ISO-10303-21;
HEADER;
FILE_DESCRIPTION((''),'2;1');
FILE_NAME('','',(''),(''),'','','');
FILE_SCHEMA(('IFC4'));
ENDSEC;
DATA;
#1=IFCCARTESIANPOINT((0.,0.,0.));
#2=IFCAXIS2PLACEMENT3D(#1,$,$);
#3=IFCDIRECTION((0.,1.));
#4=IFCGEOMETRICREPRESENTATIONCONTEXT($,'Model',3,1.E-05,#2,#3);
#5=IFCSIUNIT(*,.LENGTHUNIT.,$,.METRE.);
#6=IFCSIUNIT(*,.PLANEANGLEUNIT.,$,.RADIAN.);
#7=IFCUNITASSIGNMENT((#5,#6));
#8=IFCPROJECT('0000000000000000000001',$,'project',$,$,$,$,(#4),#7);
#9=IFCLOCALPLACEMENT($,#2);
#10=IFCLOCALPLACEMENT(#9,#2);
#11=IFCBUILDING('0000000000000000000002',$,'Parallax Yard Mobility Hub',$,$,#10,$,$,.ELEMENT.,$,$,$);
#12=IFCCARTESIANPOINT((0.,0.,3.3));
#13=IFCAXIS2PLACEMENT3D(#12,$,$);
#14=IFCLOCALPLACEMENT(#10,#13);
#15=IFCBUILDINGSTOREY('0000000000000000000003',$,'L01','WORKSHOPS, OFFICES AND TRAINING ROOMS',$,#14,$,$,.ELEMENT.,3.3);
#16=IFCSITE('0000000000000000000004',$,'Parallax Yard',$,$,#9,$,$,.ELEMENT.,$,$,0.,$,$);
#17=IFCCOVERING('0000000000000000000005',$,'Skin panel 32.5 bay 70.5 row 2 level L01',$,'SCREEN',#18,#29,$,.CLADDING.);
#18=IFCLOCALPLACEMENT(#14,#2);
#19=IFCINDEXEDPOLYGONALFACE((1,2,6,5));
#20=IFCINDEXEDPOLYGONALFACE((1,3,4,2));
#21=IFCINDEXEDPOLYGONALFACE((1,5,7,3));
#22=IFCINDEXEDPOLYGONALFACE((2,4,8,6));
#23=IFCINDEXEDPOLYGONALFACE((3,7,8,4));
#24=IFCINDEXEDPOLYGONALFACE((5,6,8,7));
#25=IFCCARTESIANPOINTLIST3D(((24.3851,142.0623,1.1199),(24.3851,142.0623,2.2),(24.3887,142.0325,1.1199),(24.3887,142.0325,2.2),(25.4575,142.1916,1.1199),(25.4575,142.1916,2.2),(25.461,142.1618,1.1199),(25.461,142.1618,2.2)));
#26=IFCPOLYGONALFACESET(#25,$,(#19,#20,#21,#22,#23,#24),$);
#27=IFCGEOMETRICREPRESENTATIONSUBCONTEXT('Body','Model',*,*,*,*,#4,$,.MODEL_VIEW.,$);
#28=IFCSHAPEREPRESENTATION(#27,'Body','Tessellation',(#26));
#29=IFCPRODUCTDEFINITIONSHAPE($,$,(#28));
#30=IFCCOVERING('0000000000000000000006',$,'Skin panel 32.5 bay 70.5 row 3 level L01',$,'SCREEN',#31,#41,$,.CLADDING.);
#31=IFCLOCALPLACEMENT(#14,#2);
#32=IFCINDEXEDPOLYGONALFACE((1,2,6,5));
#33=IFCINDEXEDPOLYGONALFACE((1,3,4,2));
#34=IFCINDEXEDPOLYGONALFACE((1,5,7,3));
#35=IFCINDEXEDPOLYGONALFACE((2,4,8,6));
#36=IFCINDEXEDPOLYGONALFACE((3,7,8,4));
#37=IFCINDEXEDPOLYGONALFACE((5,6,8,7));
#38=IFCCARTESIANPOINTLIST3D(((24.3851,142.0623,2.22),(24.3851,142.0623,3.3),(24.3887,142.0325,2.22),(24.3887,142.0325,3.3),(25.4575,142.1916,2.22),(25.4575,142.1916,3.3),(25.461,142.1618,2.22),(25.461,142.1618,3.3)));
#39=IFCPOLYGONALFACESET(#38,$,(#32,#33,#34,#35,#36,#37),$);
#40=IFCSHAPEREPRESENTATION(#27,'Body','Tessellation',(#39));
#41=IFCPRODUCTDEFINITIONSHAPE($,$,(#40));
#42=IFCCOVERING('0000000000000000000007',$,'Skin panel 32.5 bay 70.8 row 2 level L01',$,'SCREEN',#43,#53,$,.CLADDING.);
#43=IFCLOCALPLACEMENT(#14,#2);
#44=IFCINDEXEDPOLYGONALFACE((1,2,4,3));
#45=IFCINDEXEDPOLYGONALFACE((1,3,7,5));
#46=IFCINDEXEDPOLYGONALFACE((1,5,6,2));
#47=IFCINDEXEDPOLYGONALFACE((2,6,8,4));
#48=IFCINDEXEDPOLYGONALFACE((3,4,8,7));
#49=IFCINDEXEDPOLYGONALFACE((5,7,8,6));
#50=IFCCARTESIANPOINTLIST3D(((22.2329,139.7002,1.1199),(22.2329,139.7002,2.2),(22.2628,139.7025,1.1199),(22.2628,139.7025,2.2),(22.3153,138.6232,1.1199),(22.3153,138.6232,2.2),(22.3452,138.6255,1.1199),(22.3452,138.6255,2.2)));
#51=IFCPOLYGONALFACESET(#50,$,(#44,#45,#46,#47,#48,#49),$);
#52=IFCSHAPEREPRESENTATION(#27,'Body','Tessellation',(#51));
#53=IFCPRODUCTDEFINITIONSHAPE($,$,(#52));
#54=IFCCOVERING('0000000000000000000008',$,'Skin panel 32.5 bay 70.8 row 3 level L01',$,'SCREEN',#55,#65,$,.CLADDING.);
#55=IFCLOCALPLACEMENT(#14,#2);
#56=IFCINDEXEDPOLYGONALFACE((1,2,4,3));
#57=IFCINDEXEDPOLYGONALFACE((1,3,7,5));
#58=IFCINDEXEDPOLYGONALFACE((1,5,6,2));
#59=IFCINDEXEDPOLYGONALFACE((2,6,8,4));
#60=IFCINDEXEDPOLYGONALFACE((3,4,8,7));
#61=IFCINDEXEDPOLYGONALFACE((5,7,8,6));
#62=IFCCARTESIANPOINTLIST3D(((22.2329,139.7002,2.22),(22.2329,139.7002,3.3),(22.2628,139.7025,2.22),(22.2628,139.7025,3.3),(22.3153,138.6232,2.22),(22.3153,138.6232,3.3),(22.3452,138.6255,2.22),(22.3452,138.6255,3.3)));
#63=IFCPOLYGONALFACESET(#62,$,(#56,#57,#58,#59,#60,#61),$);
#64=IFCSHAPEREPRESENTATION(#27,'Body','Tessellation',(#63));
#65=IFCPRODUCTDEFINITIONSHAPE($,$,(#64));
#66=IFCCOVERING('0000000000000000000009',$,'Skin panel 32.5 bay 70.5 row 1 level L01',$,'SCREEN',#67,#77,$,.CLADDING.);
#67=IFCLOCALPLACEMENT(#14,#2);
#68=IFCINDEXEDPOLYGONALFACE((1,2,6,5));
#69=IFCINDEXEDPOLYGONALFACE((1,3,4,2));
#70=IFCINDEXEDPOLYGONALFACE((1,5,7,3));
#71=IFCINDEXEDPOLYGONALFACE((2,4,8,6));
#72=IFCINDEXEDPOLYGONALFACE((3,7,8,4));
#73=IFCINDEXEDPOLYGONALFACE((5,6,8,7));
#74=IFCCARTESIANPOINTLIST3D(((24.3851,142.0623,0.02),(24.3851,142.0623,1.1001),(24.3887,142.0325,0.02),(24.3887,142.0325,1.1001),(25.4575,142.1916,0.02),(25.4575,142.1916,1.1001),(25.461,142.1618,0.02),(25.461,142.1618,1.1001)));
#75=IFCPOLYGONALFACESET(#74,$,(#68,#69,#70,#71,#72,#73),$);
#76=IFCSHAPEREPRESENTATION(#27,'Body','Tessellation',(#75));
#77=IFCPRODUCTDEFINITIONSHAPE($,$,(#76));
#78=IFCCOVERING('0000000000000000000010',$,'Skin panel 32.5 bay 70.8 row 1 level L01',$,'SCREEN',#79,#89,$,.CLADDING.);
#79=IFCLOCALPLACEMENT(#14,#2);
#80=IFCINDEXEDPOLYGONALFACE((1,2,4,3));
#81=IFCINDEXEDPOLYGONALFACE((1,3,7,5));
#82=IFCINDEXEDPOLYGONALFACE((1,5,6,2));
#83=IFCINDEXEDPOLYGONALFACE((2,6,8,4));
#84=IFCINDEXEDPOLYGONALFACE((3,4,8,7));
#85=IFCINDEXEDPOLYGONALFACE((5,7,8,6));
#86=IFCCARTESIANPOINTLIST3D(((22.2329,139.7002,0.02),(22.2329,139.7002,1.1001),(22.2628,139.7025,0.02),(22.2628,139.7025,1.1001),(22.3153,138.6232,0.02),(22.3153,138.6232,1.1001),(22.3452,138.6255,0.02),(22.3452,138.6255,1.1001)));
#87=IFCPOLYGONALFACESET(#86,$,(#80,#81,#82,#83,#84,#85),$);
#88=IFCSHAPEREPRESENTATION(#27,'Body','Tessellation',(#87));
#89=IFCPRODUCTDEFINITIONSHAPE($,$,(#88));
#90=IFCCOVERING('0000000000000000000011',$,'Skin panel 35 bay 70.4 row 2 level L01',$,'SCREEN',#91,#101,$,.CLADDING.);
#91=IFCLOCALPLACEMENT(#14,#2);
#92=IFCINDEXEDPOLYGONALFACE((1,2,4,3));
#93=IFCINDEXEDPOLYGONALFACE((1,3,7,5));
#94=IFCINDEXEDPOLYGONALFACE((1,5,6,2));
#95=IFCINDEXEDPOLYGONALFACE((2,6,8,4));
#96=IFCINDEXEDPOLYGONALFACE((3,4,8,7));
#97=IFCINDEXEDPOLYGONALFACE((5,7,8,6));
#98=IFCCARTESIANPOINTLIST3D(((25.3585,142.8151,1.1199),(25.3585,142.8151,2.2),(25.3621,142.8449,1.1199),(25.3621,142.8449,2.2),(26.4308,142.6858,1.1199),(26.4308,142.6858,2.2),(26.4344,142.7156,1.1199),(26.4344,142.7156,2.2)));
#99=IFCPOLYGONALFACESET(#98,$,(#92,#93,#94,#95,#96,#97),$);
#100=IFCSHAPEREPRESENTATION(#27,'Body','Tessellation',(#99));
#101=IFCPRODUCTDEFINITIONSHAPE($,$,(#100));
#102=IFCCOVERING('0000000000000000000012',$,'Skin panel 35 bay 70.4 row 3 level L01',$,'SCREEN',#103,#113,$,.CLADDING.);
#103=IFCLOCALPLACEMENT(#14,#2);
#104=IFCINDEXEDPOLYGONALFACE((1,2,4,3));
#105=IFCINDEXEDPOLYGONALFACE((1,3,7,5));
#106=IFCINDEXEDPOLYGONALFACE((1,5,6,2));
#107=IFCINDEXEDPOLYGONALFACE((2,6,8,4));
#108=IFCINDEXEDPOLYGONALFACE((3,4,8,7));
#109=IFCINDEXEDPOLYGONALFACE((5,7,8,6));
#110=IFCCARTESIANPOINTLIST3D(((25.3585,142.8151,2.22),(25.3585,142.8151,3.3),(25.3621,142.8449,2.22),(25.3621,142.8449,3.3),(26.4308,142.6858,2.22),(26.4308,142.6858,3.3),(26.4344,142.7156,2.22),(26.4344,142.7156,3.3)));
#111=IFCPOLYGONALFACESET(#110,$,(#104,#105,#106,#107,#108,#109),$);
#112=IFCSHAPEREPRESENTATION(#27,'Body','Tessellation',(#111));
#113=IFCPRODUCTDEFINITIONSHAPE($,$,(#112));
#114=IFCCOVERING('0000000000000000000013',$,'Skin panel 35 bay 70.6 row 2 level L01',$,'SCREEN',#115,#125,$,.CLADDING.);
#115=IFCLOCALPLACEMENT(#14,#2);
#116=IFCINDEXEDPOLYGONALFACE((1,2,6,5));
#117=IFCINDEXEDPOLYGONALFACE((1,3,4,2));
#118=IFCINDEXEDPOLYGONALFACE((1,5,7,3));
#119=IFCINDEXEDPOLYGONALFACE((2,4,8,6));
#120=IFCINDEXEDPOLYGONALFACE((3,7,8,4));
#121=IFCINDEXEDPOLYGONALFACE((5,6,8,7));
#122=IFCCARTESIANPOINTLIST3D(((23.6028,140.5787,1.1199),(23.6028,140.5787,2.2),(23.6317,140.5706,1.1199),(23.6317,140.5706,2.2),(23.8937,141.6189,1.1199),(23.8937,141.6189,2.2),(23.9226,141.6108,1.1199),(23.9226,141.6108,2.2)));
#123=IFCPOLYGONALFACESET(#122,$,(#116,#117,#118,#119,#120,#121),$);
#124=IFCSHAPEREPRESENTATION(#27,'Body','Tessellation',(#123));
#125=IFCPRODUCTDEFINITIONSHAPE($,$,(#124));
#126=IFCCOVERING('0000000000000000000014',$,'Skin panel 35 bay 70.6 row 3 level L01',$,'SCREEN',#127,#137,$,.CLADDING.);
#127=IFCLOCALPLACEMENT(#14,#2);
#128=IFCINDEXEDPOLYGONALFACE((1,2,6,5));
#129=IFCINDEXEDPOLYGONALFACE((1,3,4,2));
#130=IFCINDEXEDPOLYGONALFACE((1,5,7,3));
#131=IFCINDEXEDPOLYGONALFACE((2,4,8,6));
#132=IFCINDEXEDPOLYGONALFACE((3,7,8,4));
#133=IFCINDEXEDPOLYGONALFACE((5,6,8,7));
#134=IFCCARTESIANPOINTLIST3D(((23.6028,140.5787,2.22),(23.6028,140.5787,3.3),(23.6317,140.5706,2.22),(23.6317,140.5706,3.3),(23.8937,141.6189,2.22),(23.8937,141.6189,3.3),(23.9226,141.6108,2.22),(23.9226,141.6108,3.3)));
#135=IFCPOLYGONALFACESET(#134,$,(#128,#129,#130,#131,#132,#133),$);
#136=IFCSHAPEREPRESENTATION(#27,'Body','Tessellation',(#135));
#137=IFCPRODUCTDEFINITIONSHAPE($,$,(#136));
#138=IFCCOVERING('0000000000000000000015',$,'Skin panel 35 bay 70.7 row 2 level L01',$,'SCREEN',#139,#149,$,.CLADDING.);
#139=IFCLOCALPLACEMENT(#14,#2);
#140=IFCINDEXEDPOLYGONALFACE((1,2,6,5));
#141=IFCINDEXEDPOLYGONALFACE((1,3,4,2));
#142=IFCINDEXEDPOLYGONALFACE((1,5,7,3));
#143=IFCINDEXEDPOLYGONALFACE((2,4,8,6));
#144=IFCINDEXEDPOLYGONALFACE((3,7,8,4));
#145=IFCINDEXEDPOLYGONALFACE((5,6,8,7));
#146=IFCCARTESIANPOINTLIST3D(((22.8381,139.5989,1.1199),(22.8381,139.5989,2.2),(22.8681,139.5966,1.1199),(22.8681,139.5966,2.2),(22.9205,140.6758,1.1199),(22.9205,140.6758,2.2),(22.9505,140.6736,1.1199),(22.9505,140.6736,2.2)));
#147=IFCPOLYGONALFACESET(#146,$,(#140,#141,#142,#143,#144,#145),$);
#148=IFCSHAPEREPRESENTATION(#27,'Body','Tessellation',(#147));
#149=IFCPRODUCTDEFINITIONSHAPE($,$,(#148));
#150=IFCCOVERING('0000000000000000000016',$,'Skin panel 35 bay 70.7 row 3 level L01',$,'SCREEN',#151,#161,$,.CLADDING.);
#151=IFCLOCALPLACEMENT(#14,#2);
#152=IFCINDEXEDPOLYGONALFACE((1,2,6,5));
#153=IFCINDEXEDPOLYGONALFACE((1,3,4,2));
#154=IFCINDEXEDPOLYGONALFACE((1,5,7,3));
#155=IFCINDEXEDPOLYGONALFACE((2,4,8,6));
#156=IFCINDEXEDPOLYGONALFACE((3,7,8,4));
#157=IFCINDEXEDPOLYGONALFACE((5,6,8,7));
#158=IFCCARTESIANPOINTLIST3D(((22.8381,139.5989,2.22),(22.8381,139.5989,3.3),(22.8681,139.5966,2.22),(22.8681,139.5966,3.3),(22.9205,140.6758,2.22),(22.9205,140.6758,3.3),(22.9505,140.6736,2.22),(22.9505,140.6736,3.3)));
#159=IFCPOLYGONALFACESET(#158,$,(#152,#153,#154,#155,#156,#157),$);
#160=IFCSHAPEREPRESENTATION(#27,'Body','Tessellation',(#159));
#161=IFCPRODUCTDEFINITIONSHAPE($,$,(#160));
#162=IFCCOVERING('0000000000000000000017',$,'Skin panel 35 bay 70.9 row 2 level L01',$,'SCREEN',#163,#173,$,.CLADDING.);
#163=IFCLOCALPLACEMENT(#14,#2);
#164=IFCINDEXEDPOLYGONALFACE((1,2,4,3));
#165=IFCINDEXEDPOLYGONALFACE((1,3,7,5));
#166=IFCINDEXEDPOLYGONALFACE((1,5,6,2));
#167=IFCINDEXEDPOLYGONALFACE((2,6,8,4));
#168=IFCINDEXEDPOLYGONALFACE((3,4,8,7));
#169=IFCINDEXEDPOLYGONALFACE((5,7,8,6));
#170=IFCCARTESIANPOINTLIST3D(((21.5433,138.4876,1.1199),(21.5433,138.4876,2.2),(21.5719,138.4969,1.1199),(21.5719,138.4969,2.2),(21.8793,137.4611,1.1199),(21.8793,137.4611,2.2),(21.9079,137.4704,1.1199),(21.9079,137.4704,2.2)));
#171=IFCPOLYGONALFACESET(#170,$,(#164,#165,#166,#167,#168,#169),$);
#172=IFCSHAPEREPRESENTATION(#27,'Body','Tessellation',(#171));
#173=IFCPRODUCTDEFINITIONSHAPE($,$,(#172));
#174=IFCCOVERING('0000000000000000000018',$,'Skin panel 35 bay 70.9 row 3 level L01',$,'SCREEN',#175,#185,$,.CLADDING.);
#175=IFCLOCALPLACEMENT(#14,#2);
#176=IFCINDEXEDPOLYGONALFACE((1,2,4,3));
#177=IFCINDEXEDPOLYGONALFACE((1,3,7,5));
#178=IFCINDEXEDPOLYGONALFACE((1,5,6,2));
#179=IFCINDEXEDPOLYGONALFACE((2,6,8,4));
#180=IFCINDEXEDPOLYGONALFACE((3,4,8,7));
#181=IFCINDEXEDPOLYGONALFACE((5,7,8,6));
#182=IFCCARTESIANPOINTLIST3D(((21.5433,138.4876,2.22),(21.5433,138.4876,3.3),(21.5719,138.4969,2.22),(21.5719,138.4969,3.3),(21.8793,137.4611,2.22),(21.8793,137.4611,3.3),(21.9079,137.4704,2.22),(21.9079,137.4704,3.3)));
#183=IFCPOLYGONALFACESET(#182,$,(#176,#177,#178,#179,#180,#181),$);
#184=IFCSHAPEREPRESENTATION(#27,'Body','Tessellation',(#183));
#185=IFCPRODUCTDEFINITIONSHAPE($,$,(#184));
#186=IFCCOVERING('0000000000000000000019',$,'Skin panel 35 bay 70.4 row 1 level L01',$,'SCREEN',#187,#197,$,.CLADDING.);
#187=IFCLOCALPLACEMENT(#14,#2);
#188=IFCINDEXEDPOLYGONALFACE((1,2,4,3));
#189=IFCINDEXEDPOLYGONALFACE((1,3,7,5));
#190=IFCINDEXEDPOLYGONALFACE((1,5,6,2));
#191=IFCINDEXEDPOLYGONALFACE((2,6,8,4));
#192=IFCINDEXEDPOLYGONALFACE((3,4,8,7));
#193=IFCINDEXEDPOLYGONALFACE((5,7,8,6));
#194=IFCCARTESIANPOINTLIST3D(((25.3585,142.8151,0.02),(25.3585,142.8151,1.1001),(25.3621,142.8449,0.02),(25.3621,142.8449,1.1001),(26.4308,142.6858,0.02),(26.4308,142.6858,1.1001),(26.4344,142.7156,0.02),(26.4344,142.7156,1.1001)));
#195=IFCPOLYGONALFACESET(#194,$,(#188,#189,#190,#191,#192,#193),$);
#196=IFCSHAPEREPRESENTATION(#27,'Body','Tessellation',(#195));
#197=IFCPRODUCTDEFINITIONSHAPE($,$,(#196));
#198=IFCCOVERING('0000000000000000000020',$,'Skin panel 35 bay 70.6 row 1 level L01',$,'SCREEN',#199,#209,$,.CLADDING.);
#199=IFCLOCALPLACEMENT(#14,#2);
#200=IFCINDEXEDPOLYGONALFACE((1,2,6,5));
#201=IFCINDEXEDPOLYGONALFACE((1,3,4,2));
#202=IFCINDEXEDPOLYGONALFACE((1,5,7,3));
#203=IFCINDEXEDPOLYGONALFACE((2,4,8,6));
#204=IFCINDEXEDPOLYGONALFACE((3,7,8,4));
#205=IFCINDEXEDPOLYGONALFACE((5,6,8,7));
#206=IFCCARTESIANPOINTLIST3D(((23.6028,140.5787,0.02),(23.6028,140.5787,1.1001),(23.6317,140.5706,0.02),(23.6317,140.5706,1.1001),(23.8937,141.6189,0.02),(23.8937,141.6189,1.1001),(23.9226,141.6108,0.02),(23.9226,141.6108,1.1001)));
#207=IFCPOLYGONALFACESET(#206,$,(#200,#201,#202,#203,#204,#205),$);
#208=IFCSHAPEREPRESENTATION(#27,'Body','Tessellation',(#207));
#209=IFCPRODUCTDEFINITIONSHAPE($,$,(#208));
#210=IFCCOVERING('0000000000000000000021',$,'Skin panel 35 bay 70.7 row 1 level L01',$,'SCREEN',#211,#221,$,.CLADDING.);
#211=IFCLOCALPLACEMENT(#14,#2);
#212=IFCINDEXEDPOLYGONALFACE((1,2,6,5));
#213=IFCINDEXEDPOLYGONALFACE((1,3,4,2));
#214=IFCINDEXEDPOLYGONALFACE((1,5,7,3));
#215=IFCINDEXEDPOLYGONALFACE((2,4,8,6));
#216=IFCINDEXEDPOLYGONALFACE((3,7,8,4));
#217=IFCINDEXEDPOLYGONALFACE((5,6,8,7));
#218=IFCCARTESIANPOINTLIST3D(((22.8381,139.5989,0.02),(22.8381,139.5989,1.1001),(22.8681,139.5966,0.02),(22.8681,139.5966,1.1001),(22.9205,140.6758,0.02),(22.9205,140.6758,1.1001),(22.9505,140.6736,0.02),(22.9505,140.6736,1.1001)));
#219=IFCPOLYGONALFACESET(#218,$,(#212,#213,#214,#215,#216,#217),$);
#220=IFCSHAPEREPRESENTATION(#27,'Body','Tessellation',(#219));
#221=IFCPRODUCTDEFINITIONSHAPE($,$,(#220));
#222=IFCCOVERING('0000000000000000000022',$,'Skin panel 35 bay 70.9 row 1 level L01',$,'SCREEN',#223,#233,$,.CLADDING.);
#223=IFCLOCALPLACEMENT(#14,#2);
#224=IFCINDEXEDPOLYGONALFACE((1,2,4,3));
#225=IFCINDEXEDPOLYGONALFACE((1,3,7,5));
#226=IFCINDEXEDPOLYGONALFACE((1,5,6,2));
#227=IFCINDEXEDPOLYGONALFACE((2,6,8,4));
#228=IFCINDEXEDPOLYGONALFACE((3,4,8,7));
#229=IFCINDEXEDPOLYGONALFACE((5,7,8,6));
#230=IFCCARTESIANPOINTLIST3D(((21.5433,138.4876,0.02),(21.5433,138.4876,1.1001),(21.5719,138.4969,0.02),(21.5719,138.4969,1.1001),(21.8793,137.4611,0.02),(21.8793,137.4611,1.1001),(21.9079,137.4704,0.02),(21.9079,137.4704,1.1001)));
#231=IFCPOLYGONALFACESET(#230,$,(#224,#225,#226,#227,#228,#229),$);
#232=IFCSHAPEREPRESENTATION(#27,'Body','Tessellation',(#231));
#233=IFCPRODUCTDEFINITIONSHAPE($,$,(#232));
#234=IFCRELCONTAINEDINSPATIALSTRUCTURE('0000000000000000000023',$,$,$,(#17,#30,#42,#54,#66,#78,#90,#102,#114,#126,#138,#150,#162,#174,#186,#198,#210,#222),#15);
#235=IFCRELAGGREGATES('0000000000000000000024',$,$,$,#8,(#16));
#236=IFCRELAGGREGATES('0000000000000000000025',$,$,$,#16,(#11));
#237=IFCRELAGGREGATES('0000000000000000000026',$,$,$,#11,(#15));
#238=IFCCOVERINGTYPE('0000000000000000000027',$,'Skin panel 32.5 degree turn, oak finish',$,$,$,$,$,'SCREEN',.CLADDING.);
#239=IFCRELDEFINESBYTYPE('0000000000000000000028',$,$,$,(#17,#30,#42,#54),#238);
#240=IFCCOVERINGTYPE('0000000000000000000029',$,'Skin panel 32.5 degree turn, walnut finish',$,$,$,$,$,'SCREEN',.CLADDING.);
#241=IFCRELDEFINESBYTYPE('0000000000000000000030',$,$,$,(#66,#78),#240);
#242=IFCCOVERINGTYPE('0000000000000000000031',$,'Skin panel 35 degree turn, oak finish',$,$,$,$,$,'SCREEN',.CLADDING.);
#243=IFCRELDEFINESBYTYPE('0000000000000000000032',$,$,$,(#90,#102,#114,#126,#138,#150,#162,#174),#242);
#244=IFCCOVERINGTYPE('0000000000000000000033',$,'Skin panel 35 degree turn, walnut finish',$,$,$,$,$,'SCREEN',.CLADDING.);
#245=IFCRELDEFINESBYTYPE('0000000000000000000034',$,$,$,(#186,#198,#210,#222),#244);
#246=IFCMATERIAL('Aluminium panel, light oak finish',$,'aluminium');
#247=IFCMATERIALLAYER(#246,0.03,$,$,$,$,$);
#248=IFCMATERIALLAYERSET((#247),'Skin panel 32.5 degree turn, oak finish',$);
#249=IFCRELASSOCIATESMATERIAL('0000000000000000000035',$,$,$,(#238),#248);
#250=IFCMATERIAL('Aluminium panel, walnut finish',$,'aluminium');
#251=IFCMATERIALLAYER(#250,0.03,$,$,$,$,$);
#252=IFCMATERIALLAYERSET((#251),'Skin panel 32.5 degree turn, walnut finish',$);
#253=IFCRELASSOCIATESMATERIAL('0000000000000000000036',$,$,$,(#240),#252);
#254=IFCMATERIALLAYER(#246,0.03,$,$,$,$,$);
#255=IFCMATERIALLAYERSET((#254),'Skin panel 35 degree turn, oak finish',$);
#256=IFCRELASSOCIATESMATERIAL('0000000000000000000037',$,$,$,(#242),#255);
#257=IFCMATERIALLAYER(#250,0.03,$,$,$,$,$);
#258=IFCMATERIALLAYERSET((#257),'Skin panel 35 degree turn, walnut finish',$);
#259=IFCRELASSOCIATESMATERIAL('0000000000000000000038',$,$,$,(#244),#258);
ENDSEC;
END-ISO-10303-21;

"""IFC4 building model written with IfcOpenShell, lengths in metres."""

from ifc_helpers import new_model, si_unit, direction, frame, origin, origin_2d, place, context, subcontext, project, spatial, rectangle, extrude, material, layer, layer_set, type_object, element, save


model = new_model("IFC4")

# Units and contexts
model_context = context("Model", 3, precision=1e-05, world=origin(), true_north=direction((0.0, 1.0)))
body_context = subcontext(model_context, "Body", "Model", "MODEL_VIEW")
ifc_project = project(units=[si_unit("LENGTHUNIT", "METRE"), si_unit("PLANEANGLEUNIT", "RADIAN")], contexts=[model_context])

# Site, building, storey
site_placement = place(None, origin())
site = spatial("IfcSite", under=ifc_project, at=site_placement, Name="Parallax Yard", CompositionType="ELEMENT", RefElevation=0.0)
building_placement = place(site_placement, origin())
building = spatial("IfcBuilding", under=site, at=building_placement, Name="Parallax Yard Mobility Hub", CompositionType="ELEMENT")
storey_placement = place(building_placement, frame((0.0, 0.0, 3.3)))
storey = spatial("IfcBuildingStorey", under=building, at=storey_placement, Name="L01", Description="WORKSHOPS, OFFICES AND TRAINING ROOMS", CompositionType="ELEMENT", Elevation=3.3)

# Coverings
ifc_material_1 = material(Name="Aluminium panel, light oak finish", Category="aluminium")
ifc_layer_1 = layer(ifc_material_1, 0.03)
ifc_layer_set_1 = layer_set([ifc_layer_1], Name="Skin panel 32.5 degree turn, oak finish")
covering_type_1 = type_object("IfcCoveringType", Name="Skin panel 32.5 degree turn, oak finish", ElementType="SCREEN", PredefinedType="CLADDING", material=ifc_layer_set_1)
for number, where, z_axis, x_axis, name in (
    (1, (24.9231, 142.1121, 1.1199), (0.0, 0.0, 1.0), (-0.99281, -0.119704, 0.0), "Skin panel 32.5 bay 70.5 row 2 level L01"),
    (2, (24.9231, 142.1121, 2.22), (0.0, 0.0, 1.0), (-0.99281, -0.119704, 0.0), "Skin panel 32.5 bay 70.5 row 3 level L01"),
    (3, (22.2891, 139.1628, 1.1199), (0.0, 0.0, 1.0), (-0.076284, 0.997086, 0.0), "Skin panel 32.5 bay 70.8 row 2 level L01"),
    (4, (22.2891, 139.1628, 2.22), (0.0, 0.0, 1.0), (-0.076284, 0.997086, 0.0), "Skin panel 32.5 bay 70.8 row 3 level L01"),
):
    element("IfcCovering", number, at=place(storey_placement, frame(where, z_axis=z_axis, x_axis=x_axis)), inside=storey, type_object=covering_type_1, Name=name, ObjectType="SCREEN", PredefinedType="CLADDING", context=body_context, shape_type="SweptSolid", body=[
        extrude(rectangle(XDim=1.0801, YDim=0.03, at=origin_2d()), origin(), (0.0, 0.0, 1.0), 1.0801),
    ])
ifc_material_2 = material(Name="Aluminium panel, walnut finish", Category="aluminium")
ifc_layer_2 = layer(ifc_material_2, 0.03)
ifc_layer_set_2 = layer_set([ifc_layer_2], Name="Skin panel 32.5 degree turn, walnut finish")
covering_type_2 = type_object("IfcCoveringType", Name="Skin panel 32.5 degree turn, walnut finish", ElementType="SCREEN", PredefinedType="CLADDING", material=ifc_layer_set_2)
for number, where, z_axis, x_axis, name in (
    (5, (24.9231, 142.1121, 0.02), (0.0, 0.0, 1.0), (-0.99281, -0.119704, 0.0), "Skin panel 32.5 bay 70.5 row 1 level L01"),
    (6, (22.2891, 139.1628, 0.02), (0.0, 0.0, 1.0), (-0.076284, 0.997086, 0.0), "Skin panel 32.5 bay 70.8 row 1 level L01"),
):
    element("IfcCovering", number, at=place(storey_placement, frame(where, z_axis=z_axis, x_axis=x_axis)), inside=storey, type_object=covering_type_2, Name=name, ObjectType="SCREEN", PredefinedType="CLADDING", context=body_context, shape_type="SweptSolid", body=[
        extrude(rectangle(XDim=1.0801, YDim=0.03, at=origin_2d()), origin(), (0.0, 0.0, 1.0), 1.0801),
    ])
ifc_layer_3 = layer(ifc_material_1, 0.03)
ifc_layer_set_3 = layer_set([ifc_layer_3], Name="Skin panel 35 degree turn, oak finish")
covering_type_3 = type_object("IfcCoveringType", Name="Skin panel 35 degree turn, oak finish", ElementType="SCREEN", PredefinedType="CLADDING", material=ifc_layer_set_3)
for number, where, z_axis, x_axis, name in (
    (7, (25.8965, 142.7654, 1.1199), (0.0, 0.0, 1.0), (-0.99281, 0.119704, 0.0), "Skin panel 35 bay 70.4 row 2 level L01"),
    (8, (25.8965, 142.7654, 2.22), (0.0, 0.0, 1.0), (-0.99281, 0.119704, 0.0), "Skin panel 35 bay 70.4 row 3 level L01"),
    (9, (23.7627, 141.0947, 1.1199), (0.0, 0.0, 1.0), (0.26934, 0.963045, 0.0), "Skin panel 35 bay 70.6 row 2 level L01"),
    (10, (23.7627, 141.0947, 2.22), (0.0, 0.0, 1.0), (0.26934, 0.963045, 0.0), "Skin panel 35 bay 70.6 row 3 level L01"),
    (11, (22.8943, 140.1362, 1.1199), (0.0, 0.0, 1.0), (0.076284, 0.997086, 0.0), "Skin panel 35 bay 70.7 row 2 level L01"),
    (12, (22.8943, 140.1362, 2.22), (0.0, 0.0, 1.0), (0.076284, 0.997086, 0.0), "Skin panel 35 bay 70.7 row 3 level L01"),
    (13, (21.7256, 137.979, 1.1199), (0.0, 0.0, 1.0), (-0.311091, 0.95038, 0.0), "Skin panel 35 bay 70.9 row 2 level L01"),
    (14, (21.7256, 137.979, 2.22), (0.0, 0.0, 1.0), (-0.311091, 0.95038, 0.0), "Skin panel 35 bay 70.9 row 3 level L01"),
):
    element("IfcCovering", number, at=place(storey_placement, frame(where, z_axis=z_axis, x_axis=x_axis)), inside=storey, type_object=covering_type_3, Name=name, ObjectType="SCREEN", PredefinedType="CLADDING", context=body_context, shape_type="SweptSolid", body=[
        extrude(rectangle(XDim=1.0801, YDim=0.03, at=origin_2d()), origin(), (0.0, 0.0, 1.0), 1.0801),
    ])
ifc_layer_4 = layer(ifc_material_2, 0.03)
ifc_layer_set_4 = layer_set([ifc_layer_4], Name="Skin panel 35 degree turn, walnut finish")
covering_type_4 = type_object("IfcCoveringType", Name="Skin panel 35 degree turn, walnut finish", ElementType="SCREEN", PredefinedType="CLADDING", material=ifc_layer_set_4)
for number, where, z_axis, x_axis, name in (
    (15, (25.8965, 142.7654, 0.02), (0.0, 0.0, 1.0), (-0.99281, 0.119704, 0.0), "Skin panel 35 bay 70.4 row 1 level L01"),
    (16, (23.7627, 141.0947, 0.02), (0.0, 0.0, 1.0), (0.26934, 0.963045, 0.0), "Skin panel 35 bay 70.6 row 1 level L01"),
    (17, (22.8943, 140.1362, 0.02), (0.0, 0.0, 1.0), (0.076284, 0.997086, 0.0), "Skin panel 35 bay 70.7 row 1 level L01"),
    (18, (21.7256, 137.979, 0.02), (0.0, 0.0, 1.0), (-0.311091, 0.95038, 0.0), "Skin panel 35 bay 70.9 row 1 level L01"),
):
    element("IfcCovering", number, at=place(storey_placement, frame(where, z_axis=z_axis, x_axis=x_axis)), inside=storey, type_object=covering_type_4, Name=name, ObjectType="SCREEN", PredefinedType="CLADDING", context=body_context, shape_type="SweptSolid", body=[
        extrude(rectangle(XDim=1.0801, YDim=0.03, at=origin_2d()), origin(), (0.0, 0.0, 1.0), 1.0801),
    ])

save(model, "model.ifc")
